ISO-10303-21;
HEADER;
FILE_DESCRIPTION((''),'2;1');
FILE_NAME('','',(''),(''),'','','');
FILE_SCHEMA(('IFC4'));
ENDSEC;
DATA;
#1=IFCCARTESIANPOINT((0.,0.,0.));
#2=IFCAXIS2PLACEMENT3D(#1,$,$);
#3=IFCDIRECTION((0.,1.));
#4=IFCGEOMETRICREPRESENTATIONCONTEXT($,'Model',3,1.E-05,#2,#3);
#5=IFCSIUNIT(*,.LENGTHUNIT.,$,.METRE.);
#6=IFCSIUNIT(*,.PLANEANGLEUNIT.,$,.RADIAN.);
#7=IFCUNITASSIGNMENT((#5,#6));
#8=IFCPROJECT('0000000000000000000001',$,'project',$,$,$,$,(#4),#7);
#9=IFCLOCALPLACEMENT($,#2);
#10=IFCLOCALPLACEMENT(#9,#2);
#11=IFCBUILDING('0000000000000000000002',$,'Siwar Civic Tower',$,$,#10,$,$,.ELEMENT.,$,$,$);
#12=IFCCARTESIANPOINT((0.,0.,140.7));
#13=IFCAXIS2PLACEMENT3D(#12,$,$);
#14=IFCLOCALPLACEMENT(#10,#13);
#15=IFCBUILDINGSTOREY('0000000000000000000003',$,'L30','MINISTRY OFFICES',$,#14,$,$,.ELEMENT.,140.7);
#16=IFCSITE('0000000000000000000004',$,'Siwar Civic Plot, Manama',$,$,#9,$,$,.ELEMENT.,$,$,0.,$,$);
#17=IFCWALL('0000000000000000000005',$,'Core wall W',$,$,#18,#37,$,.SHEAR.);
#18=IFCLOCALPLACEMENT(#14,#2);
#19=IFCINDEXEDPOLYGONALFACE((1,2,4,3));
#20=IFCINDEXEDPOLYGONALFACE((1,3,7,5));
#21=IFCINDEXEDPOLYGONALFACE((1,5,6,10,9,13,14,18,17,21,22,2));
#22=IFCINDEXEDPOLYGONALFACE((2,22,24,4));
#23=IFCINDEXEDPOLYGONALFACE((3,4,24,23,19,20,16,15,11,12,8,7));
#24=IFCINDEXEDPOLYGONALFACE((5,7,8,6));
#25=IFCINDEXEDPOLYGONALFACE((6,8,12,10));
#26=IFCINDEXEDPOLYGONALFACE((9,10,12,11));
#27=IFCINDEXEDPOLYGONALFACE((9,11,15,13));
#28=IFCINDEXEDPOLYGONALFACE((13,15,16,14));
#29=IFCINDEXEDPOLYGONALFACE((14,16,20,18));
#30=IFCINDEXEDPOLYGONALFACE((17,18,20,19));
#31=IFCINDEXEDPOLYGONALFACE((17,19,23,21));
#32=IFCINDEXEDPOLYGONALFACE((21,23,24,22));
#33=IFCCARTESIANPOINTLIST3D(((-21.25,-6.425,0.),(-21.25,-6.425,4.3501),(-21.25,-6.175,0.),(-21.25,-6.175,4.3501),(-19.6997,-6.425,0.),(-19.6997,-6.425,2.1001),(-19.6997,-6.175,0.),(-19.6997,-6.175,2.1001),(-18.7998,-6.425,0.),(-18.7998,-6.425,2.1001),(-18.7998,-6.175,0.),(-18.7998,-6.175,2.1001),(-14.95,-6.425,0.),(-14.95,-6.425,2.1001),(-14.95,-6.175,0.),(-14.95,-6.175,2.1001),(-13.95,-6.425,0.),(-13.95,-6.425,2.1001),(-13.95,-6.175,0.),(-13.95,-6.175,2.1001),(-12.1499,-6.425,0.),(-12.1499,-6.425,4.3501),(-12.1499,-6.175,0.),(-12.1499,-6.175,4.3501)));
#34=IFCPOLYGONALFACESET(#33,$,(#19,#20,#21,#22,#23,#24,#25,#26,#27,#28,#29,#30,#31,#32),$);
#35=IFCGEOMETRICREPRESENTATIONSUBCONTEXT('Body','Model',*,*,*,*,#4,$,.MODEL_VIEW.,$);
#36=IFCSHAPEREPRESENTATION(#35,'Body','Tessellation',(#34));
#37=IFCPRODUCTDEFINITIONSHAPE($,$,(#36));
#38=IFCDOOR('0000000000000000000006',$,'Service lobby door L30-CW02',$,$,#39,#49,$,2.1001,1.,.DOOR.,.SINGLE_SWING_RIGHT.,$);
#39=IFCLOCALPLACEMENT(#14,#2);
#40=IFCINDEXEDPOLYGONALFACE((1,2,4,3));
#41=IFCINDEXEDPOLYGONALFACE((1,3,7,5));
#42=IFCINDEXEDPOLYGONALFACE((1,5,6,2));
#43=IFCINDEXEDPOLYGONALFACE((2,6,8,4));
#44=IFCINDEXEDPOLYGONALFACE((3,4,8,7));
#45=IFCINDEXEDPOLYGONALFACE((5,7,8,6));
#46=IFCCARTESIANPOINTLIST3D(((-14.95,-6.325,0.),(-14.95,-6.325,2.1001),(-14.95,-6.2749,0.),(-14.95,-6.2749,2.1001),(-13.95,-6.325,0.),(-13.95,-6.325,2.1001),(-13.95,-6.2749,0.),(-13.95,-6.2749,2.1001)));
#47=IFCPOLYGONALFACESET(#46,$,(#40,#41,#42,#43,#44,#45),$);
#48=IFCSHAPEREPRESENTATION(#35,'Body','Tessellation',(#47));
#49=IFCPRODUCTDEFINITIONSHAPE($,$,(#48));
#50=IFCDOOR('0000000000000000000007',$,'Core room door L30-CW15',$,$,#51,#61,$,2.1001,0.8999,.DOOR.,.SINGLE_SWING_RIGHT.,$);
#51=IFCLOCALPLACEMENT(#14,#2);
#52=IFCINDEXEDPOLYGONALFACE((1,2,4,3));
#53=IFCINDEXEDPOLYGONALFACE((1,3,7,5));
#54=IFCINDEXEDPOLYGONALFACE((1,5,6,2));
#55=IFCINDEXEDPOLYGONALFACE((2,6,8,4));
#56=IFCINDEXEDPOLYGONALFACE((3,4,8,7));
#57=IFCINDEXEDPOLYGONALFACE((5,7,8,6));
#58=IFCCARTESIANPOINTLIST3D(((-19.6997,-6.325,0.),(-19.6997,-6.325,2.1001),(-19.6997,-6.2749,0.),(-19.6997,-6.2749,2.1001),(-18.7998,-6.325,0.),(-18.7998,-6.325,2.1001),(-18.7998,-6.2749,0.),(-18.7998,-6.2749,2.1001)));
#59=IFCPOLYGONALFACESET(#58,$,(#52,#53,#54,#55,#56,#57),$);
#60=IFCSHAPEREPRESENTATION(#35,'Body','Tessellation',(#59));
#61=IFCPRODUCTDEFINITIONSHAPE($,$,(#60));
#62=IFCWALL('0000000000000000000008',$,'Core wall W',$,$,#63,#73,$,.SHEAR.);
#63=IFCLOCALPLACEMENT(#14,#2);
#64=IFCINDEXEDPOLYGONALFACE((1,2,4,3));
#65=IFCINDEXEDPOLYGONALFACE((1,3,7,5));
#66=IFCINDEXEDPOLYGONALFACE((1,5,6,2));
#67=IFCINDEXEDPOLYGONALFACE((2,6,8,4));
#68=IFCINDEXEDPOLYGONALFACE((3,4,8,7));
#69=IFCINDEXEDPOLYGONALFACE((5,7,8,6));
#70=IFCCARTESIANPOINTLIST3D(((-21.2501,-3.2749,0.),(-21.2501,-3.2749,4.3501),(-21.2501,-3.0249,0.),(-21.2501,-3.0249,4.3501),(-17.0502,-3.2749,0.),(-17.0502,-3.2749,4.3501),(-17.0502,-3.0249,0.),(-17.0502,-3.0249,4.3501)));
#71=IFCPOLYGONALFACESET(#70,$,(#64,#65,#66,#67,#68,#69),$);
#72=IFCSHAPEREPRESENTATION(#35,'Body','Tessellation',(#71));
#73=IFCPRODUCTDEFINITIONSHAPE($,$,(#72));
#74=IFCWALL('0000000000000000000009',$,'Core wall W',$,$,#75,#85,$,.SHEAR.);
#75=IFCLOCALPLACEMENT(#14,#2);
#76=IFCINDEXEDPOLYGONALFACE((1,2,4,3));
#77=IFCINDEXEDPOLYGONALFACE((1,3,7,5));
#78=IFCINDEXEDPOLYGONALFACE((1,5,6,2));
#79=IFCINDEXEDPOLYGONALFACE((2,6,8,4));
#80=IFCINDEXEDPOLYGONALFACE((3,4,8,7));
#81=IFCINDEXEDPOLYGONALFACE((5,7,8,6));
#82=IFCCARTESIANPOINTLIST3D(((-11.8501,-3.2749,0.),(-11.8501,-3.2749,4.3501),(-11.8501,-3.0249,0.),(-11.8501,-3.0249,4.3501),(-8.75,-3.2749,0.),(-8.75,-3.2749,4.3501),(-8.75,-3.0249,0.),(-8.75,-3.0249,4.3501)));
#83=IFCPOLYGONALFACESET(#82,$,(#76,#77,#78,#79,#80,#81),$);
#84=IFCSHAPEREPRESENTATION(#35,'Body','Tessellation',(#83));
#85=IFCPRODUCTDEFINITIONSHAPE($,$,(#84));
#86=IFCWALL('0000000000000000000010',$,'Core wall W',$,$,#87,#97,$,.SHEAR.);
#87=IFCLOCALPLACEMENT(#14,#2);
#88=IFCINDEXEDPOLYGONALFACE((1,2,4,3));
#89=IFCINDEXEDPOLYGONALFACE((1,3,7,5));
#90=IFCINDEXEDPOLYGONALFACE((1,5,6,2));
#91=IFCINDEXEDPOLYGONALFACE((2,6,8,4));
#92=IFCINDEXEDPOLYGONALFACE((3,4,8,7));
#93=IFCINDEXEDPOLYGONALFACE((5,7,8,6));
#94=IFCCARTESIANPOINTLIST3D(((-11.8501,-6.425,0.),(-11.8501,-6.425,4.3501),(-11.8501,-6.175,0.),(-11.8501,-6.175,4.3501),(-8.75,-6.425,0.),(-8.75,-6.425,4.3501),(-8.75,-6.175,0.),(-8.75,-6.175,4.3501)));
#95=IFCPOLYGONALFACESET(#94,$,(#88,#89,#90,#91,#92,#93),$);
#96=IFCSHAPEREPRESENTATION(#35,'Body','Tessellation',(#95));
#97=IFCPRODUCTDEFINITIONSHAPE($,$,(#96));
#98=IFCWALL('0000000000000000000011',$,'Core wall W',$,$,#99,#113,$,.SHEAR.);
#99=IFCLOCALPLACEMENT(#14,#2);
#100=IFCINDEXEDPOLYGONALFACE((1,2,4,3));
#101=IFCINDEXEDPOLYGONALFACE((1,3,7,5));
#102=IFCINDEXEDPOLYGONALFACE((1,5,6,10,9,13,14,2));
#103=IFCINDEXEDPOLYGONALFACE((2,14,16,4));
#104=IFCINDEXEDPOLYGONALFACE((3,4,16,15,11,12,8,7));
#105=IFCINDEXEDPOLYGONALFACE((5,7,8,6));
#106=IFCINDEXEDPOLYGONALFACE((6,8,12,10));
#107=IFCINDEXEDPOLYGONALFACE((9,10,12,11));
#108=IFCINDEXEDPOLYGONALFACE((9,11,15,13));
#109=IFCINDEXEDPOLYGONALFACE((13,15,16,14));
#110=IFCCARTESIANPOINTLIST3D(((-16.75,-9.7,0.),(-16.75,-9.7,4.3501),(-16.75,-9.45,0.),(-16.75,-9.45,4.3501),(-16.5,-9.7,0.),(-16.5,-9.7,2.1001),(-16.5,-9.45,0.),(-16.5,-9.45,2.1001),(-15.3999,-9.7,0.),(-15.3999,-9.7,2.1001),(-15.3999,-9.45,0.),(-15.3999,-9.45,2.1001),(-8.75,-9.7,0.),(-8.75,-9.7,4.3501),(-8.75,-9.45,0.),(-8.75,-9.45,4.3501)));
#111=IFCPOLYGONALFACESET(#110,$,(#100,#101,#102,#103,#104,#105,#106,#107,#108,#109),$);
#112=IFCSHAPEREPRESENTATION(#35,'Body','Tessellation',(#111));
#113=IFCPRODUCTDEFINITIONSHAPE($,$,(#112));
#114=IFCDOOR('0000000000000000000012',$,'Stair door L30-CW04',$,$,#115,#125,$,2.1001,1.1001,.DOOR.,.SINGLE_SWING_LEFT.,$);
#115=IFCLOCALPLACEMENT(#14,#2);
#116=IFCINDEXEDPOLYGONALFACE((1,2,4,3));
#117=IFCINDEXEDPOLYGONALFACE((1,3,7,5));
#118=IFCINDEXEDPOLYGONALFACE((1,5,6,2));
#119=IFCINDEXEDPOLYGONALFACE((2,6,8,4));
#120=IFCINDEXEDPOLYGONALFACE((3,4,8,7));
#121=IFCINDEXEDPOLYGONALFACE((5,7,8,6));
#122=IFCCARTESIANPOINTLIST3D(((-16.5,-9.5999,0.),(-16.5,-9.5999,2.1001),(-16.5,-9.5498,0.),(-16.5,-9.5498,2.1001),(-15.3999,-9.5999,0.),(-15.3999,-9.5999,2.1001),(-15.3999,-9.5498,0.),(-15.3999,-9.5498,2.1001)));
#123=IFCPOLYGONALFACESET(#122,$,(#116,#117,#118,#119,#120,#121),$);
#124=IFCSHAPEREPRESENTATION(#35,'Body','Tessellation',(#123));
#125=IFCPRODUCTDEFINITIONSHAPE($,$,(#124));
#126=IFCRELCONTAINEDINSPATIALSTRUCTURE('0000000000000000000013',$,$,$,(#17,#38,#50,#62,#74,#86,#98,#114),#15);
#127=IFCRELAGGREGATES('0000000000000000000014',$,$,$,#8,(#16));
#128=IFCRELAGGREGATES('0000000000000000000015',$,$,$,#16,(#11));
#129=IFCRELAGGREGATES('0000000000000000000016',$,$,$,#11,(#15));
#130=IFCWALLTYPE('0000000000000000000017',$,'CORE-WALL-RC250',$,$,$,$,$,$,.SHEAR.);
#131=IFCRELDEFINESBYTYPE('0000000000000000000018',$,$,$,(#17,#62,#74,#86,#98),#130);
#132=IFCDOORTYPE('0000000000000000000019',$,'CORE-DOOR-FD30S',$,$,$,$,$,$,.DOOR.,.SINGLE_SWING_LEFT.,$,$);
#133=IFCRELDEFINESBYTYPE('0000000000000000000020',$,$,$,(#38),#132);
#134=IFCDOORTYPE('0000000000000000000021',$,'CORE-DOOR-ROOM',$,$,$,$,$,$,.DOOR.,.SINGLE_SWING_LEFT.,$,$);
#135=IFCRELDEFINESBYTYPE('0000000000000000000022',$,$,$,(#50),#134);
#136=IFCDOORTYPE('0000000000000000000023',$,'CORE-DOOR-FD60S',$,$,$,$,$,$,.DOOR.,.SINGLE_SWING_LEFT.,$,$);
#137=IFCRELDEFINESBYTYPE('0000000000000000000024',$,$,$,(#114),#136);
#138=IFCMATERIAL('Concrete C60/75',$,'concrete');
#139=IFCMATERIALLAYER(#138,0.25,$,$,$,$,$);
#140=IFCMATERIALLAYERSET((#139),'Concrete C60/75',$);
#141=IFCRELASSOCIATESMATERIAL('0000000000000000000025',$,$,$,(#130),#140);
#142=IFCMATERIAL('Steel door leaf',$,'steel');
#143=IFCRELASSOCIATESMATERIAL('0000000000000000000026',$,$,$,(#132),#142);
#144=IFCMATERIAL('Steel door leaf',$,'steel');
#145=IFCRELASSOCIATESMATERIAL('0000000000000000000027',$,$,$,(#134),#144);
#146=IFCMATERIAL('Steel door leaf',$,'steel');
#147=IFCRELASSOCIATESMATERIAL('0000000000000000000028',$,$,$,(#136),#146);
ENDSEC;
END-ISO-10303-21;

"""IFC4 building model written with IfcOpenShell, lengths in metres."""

from ifc_helpers import new_model, si_unit, direction, frame, frame_2d, origin, place, context, subcontext, project, spatial, rectangle, extrude, material, layer, layer_set, type_object, element, fill, save


model = new_model("IFC4")

# Units and contexts
model_context = context("Model", 3, precision=1e-05, world=origin(), true_north=direction((0.0, 1.0)))
body_context = subcontext(model_context, "Body", "Model", "MODEL_VIEW")
ifc_project = project(units=[si_unit("LENGTHUNIT", "METRE"), si_unit("PLANEANGLEUNIT", "RADIAN")], contexts=[model_context])

# Site, building, storey
site_placement = place(None, origin())
site = spatial("IfcSite", under=ifc_project, at=site_placement, Name="Siwar Civic Plot, Manama", CompositionType="ELEMENT", RefElevation=0.0)
building_placement = place(site_placement, origin())
building = spatial("IfcBuilding", under=site, at=building_placement, Name="Siwar Civic Tower", CompositionType="ELEMENT")
storey_placement = place(building_placement, frame((0.0, 0.0, 140.7)))
storey = spatial("IfcBuildingStorey", under=building, at=storey_placement, Name="L30", Description="MINISTRY OFFICES", CompositionType="ELEMENT", Elevation=140.7)

# Wall, openings, doors
ifc_material_1 = material(Name="Concrete C60/75", Category="concrete")
ifc_layer_1 = layer(ifc_material_1, 0.25)
ifc_layer_set_1 = layer_set([ifc_layer_1], Name="Concrete C60/75")
wall_type_1 = type_object("IfcWallType", Name="CORE-WALL-RC250", PredefinedType="SHEAR", material=ifc_layer_set_1)
wall_1_placement = place(storey_placement, frame((-12.1499, -6.3, 0.0), z_axis=(0.0, 0.0, 1.0), x_axis=(-1.0, 0.0, 0.0)))
wall_1 = element("IfcWall", 1, at=wall_1_placement, inside=storey, type_object=wall_type_1, Name="Core wall W", PredefinedType="SHEAR", context=body_context, shape_type="SweptSolid", body=[
    extrude(rectangle(XDim=9.1001, YDim=0.25, at=frame_2d((4.55, 0.0))), origin(), (0.0, 0.0, 1.0), 4.3501),
])
opening_1_placement = place(wall_1_placement, frame((1.8, 0.0, 0.0)))
opening_1 = element("IfcOpeningElement", 2, at=opening_1_placement, cuts=wall_1, PredefinedType="OPENING", context=body_context, shape_type="SweptSolid", body=[
    extrude(rectangle(XDim=1.0, YDim=2.1001, at=frame_2d((0.5, 1.05))), frame((0.0, 0.135, 0.0), z_axis=(0.0, -1.0, 0.0), x_axis=(1.0, 0.0, 0.0)), (0.0, 0.0, 1.0), 0.27),
])
opening_2_placement = place(wall_1_placement, frame((6.6499, 0.0, 0.0)))
opening_2 = element("IfcOpeningElement", 3, at=opening_2_placement, cuts=wall_1, PredefinedType="OPENING", context=body_context, shape_type="SweptSolid", body=[
    extrude(rectangle(XDim=0.8999, YDim=2.1001, at=frame_2d((0.45, 1.05))), frame((0.0, 0.135, 0.0), z_axis=(0.0, -1.0, 0.0), x_axis=(1.0, 0.0, 0.0)), (0.0, 0.0, 1.0), 0.27),
])
ifc_material_2 = material(Name="Steel door leaf", Category="steel")
door_type_1 = type_object("IfcDoorType", Name="CORE-DOOR-FD30S", OperationType="SINGLE_SWING_LEFT", PredefinedType="DOOR", material=ifc_material_2)
door_1_placement = place(opening_1_placement, origin())
door_1 = element("IfcDoor", 4, at=door_1_placement, inside=storey, type_object=door_type_1, Name="Service lobby door L30-CW02", OperationType="SINGLE_SWING_RIGHT", OverallHeight=2.1001, OverallWidth=1.0, PredefinedType="DOOR", context=body_context, shape_type="SweptSolid", body=[
    extrude(rectangle(XDim=1.0, YDim=2.1001, at=frame_2d((0.5, 1.05))), frame((0.0, 0.0249, 0.0), z_axis=(0.0, -1.0, 0.0), x_axis=(1.0, 0.0, 0.0)), (0.0, 0.0, 1.0), 0.05),
])
fill(opening_1, door_1)
ifc_material_3 = material(Name="Steel door leaf", Category="steel")
door_type_2 = type_object("IfcDoorType", Name="CORE-DOOR-ROOM", OperationType="SINGLE_SWING_LEFT", PredefinedType="DOOR", material=ifc_material_3)
door_2_placement = place(opening_2_placement, origin())
door_2 = element("IfcDoor", 5, at=door_2_placement, inside=storey, type_object=door_type_2, Name="Core room door L30-CW15", OperationType="SINGLE_SWING_RIGHT", OverallHeight=2.1001, OverallWidth=0.8999, PredefinedType="DOOR", context=body_context, shape_type="SweptSolid", body=[
    extrude(rectangle(XDim=0.8999, YDim=2.1001, at=frame_2d((0.45, 1.05))), frame((0.0, 0.0249, 0.0), z_axis=(0.0, -1.0, 0.0), x_axis=(1.0, 0.0, 0.0)), (0.0, 0.0, 1.0), 0.05),
])
fill(opening_2, door_2)

# Walls
wall_2_placement = place(storey_placement, frame((-17.05, -3.1499, 0.0), z_axis=(0.0, 0.0, 1.0), x_axis=(-1.0, 0.0, 0.0)))
element("IfcWall", 6, at=wall_2_placement, inside=storey, type_object=wall_type_1, Name="Core wall W", PredefinedType="SHEAR", context=body_context, shape_type="SweptSolid", body=[
    extrude(rectangle(XDim=4.2, YDim=0.25, at=frame_2d((2.1001, 0.0))), origin(), (0.0, 0.0, 1.0), 4.3501),
])
for number, where, z_axis, x_axis, name in (
    (7, (-8.75, -3.1499, 0.0), (0.0, 0.0, 1.0), (-1.0, 0.0, 0.0), "Core wall W"),
    (8, (-8.75, -6.3, 0.0), (0.0, 0.0, 1.0), (-1.0, 0.0, 0.0), "Core wall W"),
):
    element("IfcWall", number, at=place(storey_placement, frame(where, z_axis=z_axis, x_axis=x_axis)), inside=storey, type_object=wall_type_1, Name=name, PredefinedType="SHEAR", context=body_context, shape_type="SweptSolid", body=[
        extrude(rectangle(XDim=3.1001, YDim=0.25, at=frame_2d((1.55, 0.0))), origin(), (0.0, 0.0, 1.0), 4.3501),
    ])

# Wall, opening, door
wall_3_placement = place(storey_placement, frame((-8.75, -9.575, 0.0), z_axis=(0.0, 0.0, 1.0), x_axis=(-1.0, 0.0, 0.0)))
wall_3 = element("IfcWall", 9, at=wall_3_placement, inside=storey, type_object=wall_type_1, Name="Core wall W", PredefinedType="SHEAR", context=body_context, shape_type="SweptSolid", body=[
    extrude(rectangle(XDim=8.0, YDim=0.25, at=frame_2d((4.0, 0.0))), origin(), (0.0, 0.0, 1.0), 4.3501),
])
opening_3_placement = place(wall_3_placement, frame((6.6499, 0.0, 0.0)))
opening_3 = element("IfcOpeningElement", 10, at=opening_3_placement, cuts=wall_3, PredefinedType="OPENING", context=body_context, shape_type="SweptSolid", body=[
    extrude(rectangle(XDim=1.1001, YDim=2.1001, at=frame_2d((0.55, 1.05))), frame((0.0, 0.135, 0.0), z_axis=(0.0, -1.0, 0.0), x_axis=(1.0, 0.0, 0.0)), (0.0, 0.0, 1.0), 0.27),
])
ifc_material_4 = material(Name="Steel door leaf", Category="steel")
door_type_3 = type_object("IfcDoorType", Name="CORE-DOOR-FD60S", OperationType="SINGLE_SWING_LEFT", PredefinedType="DOOR", material=ifc_material_4)
door_3_placement = place(opening_3_placement, origin())
door_3 = element("IfcDoor", 11, at=door_3_placement, inside=storey, type_object=door_type_3, Name="Stair door L30-CW04", OperationType="SINGLE_SWING_LEFT", OverallHeight=2.1001, OverallWidth=1.1001, PredefinedType="DOOR", context=body_context, shape_type="SweptSolid", body=[
    extrude(rectangle(XDim=1.1001, YDim=2.1001, at=frame_2d((0.55, 1.05))), frame((0.0, 0.0249, 0.0), z_axis=(0.0, -1.0, 0.0), x_axis=(1.0, 0.0, 0.0)), (0.0, 0.0, 1.0), 0.05),
])
fill(opening_3, door_3)

save(model, "model.ifc")
